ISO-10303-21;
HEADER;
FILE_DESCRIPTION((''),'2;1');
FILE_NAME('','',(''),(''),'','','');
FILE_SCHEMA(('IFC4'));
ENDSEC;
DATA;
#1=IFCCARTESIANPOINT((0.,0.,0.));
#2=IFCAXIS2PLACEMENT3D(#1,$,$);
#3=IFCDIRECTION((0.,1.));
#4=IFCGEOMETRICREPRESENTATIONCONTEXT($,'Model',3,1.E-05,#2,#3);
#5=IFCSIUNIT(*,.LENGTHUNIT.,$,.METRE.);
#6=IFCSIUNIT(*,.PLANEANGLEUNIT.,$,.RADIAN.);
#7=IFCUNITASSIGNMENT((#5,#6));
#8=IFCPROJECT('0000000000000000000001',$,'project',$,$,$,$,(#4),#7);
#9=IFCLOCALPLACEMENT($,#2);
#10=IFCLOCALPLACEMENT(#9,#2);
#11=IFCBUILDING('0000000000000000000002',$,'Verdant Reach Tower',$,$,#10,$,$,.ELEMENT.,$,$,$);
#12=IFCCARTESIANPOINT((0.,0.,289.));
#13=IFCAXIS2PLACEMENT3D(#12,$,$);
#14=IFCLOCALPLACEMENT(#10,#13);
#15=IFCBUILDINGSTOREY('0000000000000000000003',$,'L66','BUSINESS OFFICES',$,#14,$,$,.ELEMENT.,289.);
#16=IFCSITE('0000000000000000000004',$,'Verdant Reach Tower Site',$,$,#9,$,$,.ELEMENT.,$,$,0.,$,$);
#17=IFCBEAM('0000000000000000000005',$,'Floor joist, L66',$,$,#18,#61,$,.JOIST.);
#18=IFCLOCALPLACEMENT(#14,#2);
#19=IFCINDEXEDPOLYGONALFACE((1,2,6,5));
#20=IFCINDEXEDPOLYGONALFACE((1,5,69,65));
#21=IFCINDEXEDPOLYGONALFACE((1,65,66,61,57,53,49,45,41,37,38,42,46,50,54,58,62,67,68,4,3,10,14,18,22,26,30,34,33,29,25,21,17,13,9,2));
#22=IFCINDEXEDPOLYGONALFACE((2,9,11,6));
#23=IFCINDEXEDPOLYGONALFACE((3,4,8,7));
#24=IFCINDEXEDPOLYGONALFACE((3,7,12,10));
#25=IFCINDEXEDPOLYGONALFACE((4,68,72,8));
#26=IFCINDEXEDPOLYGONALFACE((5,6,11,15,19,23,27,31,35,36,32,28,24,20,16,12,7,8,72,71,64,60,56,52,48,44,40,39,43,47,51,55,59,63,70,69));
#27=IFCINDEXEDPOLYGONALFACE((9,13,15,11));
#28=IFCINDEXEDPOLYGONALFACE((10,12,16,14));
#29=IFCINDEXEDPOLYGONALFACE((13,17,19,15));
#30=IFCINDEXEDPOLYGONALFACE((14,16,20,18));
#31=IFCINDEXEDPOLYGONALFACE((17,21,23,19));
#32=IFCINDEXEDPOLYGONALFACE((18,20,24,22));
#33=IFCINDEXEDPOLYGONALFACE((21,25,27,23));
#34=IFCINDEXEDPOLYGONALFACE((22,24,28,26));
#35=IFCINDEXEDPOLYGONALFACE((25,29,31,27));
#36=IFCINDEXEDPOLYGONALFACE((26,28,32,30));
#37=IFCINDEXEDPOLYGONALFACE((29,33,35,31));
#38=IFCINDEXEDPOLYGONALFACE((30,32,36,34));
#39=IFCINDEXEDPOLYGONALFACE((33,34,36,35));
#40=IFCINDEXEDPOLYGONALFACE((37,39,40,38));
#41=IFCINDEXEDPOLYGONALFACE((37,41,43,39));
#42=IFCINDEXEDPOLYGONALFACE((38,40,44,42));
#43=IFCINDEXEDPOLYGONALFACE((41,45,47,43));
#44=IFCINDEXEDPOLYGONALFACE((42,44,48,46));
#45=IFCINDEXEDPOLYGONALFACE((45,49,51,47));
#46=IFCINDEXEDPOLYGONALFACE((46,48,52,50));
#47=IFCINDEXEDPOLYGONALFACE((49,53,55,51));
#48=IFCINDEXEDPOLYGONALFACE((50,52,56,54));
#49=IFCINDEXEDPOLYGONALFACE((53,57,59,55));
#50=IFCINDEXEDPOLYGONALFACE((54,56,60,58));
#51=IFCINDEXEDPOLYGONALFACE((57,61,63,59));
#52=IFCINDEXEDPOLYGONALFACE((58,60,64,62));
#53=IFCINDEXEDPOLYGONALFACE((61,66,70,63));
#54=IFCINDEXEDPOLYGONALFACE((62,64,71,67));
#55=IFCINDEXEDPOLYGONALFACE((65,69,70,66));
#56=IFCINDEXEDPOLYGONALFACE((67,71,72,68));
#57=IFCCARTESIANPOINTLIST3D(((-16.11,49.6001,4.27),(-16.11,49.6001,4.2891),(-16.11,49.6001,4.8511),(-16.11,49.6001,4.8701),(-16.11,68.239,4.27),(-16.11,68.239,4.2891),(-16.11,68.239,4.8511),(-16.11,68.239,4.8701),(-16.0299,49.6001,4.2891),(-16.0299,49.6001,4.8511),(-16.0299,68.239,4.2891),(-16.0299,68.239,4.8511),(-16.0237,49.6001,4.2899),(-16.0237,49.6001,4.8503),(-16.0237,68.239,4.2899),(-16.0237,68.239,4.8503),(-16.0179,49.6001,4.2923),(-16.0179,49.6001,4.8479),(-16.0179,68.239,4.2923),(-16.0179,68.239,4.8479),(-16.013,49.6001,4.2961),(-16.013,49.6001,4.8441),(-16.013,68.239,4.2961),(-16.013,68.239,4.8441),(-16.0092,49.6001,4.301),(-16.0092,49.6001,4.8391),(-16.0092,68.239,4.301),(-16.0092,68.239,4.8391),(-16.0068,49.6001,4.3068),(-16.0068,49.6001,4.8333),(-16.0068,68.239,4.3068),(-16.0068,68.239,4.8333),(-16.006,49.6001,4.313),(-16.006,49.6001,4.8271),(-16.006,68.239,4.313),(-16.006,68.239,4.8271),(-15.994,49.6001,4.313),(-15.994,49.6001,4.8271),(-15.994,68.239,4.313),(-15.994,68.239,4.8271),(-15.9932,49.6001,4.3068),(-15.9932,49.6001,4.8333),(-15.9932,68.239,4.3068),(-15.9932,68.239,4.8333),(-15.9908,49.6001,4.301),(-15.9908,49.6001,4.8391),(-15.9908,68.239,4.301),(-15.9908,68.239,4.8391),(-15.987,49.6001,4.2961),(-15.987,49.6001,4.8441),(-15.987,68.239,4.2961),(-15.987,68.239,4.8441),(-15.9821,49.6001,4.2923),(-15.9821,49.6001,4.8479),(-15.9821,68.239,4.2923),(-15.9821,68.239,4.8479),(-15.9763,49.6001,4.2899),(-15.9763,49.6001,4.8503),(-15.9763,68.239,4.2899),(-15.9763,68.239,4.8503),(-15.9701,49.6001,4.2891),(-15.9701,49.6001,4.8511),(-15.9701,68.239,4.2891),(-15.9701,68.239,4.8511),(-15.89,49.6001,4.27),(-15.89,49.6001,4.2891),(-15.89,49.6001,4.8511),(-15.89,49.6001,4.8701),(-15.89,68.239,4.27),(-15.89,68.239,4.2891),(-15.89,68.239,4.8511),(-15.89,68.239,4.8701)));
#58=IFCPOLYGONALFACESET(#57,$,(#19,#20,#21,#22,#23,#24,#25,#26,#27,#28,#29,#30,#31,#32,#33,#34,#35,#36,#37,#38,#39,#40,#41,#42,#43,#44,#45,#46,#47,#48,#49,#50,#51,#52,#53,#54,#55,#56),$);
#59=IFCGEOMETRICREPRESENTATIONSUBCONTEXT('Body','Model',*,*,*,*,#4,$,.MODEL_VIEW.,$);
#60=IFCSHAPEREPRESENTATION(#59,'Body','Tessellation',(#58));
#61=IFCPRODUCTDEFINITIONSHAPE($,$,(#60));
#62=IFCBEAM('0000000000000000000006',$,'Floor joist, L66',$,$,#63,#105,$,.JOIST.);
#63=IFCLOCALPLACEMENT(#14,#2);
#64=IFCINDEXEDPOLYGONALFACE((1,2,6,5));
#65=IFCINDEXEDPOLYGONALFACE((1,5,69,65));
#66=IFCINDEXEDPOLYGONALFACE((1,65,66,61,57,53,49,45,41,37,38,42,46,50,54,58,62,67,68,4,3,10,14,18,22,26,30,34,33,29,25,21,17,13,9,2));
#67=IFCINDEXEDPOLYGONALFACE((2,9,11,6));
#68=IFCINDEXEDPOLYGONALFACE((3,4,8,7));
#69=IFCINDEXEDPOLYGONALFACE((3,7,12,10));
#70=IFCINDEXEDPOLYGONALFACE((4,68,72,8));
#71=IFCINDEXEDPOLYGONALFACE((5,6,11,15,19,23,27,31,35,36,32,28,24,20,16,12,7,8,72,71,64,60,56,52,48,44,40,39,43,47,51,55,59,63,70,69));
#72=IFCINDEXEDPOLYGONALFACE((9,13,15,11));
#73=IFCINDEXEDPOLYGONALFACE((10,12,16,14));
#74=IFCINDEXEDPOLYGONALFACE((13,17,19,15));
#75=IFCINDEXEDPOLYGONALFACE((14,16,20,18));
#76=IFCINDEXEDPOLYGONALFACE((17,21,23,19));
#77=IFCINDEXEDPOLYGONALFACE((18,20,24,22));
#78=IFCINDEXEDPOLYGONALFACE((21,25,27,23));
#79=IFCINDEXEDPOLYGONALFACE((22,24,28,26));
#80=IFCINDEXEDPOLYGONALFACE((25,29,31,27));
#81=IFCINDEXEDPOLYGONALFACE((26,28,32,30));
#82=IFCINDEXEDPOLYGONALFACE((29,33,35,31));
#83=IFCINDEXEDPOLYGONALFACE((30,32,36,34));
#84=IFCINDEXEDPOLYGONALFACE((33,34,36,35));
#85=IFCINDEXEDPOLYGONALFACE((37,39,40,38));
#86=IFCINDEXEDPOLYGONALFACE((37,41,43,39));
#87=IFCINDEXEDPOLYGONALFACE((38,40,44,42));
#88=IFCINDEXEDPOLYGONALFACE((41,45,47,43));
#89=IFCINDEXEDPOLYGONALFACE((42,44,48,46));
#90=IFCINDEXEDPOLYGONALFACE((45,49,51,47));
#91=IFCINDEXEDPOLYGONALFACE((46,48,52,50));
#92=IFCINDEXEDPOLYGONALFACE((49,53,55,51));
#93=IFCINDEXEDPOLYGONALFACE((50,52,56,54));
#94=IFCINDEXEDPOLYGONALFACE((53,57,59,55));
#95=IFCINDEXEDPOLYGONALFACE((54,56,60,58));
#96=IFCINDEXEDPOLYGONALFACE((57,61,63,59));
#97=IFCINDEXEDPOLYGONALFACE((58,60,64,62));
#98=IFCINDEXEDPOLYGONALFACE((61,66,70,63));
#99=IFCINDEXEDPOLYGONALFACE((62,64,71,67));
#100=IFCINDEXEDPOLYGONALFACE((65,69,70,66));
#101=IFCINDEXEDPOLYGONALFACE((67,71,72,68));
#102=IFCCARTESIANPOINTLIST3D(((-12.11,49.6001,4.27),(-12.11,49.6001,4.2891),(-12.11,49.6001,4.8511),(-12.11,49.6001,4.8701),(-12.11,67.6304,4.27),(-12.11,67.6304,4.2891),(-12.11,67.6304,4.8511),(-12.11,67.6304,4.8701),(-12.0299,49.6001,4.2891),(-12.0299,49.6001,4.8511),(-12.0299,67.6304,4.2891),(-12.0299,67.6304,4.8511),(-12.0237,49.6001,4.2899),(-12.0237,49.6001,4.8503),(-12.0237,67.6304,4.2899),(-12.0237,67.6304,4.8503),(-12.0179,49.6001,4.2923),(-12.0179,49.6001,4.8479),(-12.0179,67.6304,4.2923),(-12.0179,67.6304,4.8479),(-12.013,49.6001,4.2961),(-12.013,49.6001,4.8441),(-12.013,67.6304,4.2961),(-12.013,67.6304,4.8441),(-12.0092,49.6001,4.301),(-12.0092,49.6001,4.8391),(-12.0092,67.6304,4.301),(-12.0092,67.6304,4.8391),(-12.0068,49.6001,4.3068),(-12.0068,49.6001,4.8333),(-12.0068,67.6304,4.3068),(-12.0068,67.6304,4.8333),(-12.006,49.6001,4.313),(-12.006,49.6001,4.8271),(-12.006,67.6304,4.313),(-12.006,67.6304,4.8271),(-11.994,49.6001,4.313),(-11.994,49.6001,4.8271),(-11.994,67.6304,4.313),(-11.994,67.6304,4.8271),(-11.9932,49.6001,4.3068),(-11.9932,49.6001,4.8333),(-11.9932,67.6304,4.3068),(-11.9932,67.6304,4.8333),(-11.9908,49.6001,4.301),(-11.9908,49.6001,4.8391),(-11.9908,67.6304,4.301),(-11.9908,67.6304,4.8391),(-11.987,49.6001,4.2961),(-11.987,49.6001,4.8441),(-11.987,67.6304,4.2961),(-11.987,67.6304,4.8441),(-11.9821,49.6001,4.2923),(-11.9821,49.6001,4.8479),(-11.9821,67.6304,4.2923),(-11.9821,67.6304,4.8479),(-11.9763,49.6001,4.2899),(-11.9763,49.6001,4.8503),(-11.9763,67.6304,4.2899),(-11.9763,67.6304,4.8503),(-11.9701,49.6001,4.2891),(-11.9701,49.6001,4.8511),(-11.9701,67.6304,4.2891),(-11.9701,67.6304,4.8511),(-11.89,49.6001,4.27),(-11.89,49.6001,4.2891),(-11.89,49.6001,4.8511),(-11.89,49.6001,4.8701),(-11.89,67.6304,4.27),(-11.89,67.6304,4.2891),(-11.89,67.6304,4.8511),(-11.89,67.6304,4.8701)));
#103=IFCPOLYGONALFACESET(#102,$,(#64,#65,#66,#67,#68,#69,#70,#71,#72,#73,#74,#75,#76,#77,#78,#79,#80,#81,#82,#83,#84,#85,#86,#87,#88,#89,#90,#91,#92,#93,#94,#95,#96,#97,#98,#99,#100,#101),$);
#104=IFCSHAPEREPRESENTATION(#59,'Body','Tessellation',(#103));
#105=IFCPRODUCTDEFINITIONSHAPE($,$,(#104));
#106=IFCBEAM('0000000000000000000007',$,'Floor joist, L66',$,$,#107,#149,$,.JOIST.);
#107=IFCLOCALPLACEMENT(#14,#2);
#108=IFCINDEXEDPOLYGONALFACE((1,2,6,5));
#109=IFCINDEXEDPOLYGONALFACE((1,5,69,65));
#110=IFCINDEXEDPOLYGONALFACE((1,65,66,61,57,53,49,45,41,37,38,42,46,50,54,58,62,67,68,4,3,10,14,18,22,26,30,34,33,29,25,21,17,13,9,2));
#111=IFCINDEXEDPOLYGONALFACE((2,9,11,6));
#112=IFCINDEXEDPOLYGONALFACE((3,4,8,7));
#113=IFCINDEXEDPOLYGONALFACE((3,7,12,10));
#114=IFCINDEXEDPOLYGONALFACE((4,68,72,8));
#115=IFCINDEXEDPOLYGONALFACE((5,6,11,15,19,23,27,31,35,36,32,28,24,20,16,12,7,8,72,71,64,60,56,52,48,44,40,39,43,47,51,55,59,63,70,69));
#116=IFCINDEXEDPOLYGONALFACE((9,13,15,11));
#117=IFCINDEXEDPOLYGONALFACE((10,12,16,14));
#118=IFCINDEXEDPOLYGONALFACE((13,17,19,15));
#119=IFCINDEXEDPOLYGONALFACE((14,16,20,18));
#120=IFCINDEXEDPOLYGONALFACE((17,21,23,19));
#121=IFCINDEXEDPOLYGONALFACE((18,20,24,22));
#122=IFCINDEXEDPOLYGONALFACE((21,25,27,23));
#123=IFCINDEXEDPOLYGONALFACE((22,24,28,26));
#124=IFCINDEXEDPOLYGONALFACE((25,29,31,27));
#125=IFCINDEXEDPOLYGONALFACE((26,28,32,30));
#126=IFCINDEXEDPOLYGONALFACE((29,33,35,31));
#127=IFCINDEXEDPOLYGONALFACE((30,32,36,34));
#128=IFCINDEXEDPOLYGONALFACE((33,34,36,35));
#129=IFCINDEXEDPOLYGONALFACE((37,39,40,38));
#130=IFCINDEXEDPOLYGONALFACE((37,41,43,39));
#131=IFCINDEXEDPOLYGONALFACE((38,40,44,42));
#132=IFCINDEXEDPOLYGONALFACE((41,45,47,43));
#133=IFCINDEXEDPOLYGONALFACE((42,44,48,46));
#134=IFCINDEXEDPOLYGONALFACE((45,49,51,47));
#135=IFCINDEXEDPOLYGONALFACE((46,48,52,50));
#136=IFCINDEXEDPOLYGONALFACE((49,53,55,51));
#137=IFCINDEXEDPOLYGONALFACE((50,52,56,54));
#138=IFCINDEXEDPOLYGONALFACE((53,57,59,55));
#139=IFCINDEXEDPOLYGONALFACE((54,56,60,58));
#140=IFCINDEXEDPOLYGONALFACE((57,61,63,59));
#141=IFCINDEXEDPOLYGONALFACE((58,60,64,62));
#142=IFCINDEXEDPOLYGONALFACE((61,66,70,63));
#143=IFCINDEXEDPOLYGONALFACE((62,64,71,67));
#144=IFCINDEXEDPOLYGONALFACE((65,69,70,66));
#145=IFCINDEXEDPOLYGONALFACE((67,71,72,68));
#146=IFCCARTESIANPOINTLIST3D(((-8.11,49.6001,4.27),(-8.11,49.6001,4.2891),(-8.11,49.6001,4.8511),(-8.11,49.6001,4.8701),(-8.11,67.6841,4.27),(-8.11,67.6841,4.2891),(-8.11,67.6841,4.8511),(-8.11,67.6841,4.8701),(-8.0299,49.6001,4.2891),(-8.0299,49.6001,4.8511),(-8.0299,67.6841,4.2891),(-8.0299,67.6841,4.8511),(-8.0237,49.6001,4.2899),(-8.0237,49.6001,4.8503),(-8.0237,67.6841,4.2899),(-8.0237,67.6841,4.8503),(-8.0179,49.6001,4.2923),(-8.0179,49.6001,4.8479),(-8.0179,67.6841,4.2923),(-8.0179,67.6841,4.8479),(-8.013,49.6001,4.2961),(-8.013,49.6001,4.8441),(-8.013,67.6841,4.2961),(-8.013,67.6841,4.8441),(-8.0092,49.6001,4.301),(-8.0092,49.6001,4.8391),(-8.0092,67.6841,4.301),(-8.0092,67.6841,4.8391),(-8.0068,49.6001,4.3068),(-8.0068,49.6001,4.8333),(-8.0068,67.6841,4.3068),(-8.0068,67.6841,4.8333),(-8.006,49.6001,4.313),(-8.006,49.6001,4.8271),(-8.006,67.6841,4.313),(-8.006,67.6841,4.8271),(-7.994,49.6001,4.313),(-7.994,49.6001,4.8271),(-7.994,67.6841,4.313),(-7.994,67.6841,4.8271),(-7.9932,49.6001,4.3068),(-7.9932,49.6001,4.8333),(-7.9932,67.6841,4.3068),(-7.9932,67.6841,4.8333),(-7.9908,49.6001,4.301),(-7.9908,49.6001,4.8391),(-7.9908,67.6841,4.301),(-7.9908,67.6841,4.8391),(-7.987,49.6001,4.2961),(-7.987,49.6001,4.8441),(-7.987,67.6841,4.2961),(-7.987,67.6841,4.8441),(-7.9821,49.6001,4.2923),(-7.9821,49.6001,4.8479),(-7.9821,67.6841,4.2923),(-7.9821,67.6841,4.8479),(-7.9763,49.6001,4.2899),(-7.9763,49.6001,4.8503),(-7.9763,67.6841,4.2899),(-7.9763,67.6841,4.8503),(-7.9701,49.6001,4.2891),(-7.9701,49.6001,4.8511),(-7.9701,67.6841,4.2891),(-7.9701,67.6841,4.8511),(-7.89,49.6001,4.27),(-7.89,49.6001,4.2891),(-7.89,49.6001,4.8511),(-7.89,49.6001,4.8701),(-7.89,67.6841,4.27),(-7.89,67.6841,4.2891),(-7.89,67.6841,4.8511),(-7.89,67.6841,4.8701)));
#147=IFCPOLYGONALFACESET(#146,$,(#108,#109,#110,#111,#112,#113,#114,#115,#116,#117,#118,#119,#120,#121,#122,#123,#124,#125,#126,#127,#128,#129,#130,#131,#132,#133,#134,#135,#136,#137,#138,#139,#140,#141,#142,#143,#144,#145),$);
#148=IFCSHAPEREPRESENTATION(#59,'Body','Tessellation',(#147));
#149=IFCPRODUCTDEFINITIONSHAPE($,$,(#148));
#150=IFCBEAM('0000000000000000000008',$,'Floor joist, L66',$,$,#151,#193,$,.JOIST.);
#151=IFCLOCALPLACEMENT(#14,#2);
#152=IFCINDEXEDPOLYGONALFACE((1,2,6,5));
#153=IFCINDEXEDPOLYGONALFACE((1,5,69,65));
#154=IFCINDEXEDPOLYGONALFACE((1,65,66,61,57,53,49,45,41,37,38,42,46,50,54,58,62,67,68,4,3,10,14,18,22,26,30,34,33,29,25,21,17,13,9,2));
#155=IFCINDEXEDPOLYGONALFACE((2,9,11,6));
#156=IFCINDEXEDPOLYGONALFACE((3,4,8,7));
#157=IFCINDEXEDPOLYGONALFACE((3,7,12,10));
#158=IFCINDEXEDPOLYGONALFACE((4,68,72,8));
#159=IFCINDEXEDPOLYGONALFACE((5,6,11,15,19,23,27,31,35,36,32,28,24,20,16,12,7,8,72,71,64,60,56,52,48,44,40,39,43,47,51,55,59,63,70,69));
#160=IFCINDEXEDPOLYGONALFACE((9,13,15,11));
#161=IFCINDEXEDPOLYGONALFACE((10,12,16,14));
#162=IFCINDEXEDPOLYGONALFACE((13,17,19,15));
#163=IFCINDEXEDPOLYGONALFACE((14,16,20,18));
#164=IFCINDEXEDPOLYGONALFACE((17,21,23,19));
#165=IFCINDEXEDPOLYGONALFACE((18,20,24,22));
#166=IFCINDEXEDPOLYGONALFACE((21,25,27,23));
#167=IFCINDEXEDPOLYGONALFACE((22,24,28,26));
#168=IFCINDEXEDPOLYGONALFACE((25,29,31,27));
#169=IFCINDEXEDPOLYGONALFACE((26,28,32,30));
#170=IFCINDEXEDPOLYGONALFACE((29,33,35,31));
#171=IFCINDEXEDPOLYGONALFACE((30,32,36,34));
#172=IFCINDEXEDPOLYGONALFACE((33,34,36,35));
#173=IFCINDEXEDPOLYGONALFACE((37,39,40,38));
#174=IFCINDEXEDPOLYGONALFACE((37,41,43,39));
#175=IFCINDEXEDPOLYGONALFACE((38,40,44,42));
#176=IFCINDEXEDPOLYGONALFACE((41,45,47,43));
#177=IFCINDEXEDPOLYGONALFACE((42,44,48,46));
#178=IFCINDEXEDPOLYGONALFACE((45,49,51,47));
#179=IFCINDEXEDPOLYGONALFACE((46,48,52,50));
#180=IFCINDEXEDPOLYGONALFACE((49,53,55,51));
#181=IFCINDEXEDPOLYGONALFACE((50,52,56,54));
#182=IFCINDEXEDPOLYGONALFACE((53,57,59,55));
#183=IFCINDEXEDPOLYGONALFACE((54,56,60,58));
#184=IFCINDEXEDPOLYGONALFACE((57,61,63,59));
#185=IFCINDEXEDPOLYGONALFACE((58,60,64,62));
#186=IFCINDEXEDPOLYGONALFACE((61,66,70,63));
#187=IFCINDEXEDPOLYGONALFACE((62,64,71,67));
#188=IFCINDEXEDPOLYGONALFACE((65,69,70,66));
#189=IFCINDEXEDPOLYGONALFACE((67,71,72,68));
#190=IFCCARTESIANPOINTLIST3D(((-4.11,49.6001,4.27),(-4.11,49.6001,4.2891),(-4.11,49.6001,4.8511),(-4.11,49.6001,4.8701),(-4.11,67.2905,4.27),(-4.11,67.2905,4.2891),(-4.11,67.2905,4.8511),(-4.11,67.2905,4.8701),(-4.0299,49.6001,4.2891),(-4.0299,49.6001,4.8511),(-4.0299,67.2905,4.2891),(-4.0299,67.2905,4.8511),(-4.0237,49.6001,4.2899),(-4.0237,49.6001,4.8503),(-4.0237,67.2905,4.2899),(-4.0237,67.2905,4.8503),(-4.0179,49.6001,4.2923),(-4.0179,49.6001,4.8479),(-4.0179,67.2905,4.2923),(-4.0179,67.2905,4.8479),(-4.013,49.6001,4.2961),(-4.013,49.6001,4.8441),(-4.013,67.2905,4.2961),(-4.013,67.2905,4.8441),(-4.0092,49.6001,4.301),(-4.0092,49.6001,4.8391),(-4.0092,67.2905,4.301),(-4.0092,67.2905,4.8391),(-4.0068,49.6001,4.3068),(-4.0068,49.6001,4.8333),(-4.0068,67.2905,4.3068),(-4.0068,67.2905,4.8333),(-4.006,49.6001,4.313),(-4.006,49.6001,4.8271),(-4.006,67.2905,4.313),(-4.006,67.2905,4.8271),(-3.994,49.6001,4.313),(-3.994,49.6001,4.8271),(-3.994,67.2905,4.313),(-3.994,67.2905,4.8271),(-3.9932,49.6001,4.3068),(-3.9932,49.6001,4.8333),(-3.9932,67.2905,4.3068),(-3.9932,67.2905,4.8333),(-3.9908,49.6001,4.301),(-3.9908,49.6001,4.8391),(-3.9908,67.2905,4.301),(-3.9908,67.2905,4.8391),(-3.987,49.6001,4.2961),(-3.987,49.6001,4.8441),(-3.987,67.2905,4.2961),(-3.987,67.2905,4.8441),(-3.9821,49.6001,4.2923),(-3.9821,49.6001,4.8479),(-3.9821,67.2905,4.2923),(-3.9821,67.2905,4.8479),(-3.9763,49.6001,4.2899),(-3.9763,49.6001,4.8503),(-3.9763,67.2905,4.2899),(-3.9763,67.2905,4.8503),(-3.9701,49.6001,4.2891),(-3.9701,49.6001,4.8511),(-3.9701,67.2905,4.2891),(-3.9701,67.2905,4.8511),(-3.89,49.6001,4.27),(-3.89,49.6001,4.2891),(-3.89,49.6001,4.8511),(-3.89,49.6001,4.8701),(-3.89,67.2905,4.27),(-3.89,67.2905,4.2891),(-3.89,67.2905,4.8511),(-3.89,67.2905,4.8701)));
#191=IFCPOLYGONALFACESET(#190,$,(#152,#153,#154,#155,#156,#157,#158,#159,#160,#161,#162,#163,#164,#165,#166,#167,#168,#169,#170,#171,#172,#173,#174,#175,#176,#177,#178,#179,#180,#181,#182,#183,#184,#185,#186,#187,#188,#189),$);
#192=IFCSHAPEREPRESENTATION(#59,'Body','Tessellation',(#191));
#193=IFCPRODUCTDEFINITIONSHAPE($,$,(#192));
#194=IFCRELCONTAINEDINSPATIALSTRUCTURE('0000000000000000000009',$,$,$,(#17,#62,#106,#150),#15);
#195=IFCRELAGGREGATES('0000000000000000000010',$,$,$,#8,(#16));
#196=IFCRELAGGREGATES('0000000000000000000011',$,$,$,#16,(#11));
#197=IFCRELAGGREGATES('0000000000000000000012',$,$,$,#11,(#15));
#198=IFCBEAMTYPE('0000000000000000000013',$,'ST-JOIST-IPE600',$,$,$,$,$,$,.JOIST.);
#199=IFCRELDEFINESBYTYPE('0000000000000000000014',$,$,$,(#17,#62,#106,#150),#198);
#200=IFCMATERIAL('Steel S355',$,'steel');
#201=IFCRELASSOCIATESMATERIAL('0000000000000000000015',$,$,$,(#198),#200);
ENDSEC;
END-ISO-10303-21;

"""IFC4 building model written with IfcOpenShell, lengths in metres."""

from ifc_helpers import new_model, si_unit, direction, frame, origin, origin_2d, place, context, subcontext, project, spatial, i_section, extrude, material, material_profile, profile_set, type_object, element, save


model = new_model("IFC4")

# Units and contexts
model_context = context("Model", 3, precision=1e-05, world=origin(), true_north=direction((0.0, 1.0)))
body_context = subcontext(model_context, "Body", "Model", "MODEL_VIEW")
ifc_project = project(units=[si_unit("LENGTHUNIT", "METRE"), si_unit("PLANEANGLEUNIT", "RADIAN")], contexts=[model_context])

# Site, building, storey
site_placement = place(None, origin())
site = spatial("IfcSite", under=ifc_project, at=site_placement, Name="Verdant Reach Tower Site", CompositionType="ELEMENT", RefElevation=0.0)
building_placement = place(site_placement, origin())
building = spatial("IfcBuilding", under=site, at=building_placement, Name="Verdant Reach Tower", CompositionType="ELEMENT")
storey_placement = place(building_placement, frame((0.0, 0.0, 289.0)))
storey = spatial("IfcBuildingStorey", under=building, at=storey_placement, Name="L66", Description="BUSINESS OFFICES", CompositionType="ELEMENT", Elevation=289.0)

# Beams
ifc_material_1 = material(Name="Steel S355", Category="steel")
ifc_material_profile_1 = material_profile(ifc_material_1, i_section(OverallWidth=0.22, OverallDepth=0.6001, WebThickness=0.012, FlangeThickness=0.019, FilletRadius=0.0239, at=origin_2d()), Name="IPE 600")
ifc_profile_set_1 = profile_set([ifc_material_profile_1], Name="Steel S355")
beam_type_1 = type_object("IfcBeamType", Name="ST-JOIST-IPE600", PredefinedType="JOIST", material=ifc_profile_set_1)
beam_1_placement = place(storey_placement, frame((-16.0, 49.6001, 4.5701), z_axis=(0.0, 1.0, 0.0), x_axis=(-1.0, 0.0, 0.0)))
element("IfcBeam", 1, at=beam_1_placement, inside=storey, type_object=beam_type_1, Name="Floor joist, L66", PredefinedType="JOIST", context=body_context, shape_type="SweptSolid", body=[
    extrude(i_section(OverallWidth=0.22, OverallDepth=0.6001, WebThickness=0.012, FlangeThickness=0.019, FilletRadius=0.0239, at=origin_2d()), origin(), (0.0, 0.0, 1.0), 18.6389),
])
beam_2_placement = place(storey_placement, frame((-12.0, 49.6001, 4.5701), z_axis=(0.0, 1.0, 0.0), x_axis=(-1.0, 0.0, 0.0)))
element("IfcBeam", 2, at=beam_2_placement, inside=storey, type_object=beam_type_1, Name="Floor joist, L66", PredefinedType="JOIST", context=body_context, shape_type="SweptSolid", body=[
    extrude(i_section(OverallWidth=0.22, OverallDepth=0.6001, WebThickness=0.012, FlangeThickness=0.019, FilletRadius=0.0239, at=origin_2d()), origin(), (0.0, 0.0, 1.0), 18.0303),
])
beam_3_placement = place(storey_placement, frame((-8.0, 49.6001, 4.5701), z_axis=(0.0, 1.0, 0.0), x_axis=(-1.0, 0.0, 0.0)))
element("IfcBeam", 3, at=beam_3_placement, inside=storey, type_object=beam_type_1, Name="Floor joist, L66", PredefinedType="JOIST", context=body_context, shape_type="SweptSolid", body=[
    extrude(i_section(OverallWidth=0.22, OverallDepth=0.6001, WebThickness=0.012, FlangeThickness=0.019, FilletRadius=0.0239, at=origin_2d()), origin(), (0.0, 0.0, 1.0), 18.084),
])
beam_4_placement = place(storey_placement, frame((-4.0, 49.6001, 4.5701), z_axis=(0.0, 1.0, 0.0), x_axis=(-1.0, 0.0, 0.0)))
element("IfcBeam", 4, at=beam_4_placement, inside=storey, type_object=beam_type_1, Name="Floor joist, L66", PredefinedType="JOIST", context=body_context, shape_type="SweptSolid", body=[
    extrude(i_section(OverallWidth=0.22, OverallDepth=0.6001, WebThickness=0.012, FlangeThickness=0.019, FilletRadius=0.0239, at=origin_2d()), origin(), (0.0, 0.0, 1.0), 17.6904),
])

save(model, "model.ifc")
